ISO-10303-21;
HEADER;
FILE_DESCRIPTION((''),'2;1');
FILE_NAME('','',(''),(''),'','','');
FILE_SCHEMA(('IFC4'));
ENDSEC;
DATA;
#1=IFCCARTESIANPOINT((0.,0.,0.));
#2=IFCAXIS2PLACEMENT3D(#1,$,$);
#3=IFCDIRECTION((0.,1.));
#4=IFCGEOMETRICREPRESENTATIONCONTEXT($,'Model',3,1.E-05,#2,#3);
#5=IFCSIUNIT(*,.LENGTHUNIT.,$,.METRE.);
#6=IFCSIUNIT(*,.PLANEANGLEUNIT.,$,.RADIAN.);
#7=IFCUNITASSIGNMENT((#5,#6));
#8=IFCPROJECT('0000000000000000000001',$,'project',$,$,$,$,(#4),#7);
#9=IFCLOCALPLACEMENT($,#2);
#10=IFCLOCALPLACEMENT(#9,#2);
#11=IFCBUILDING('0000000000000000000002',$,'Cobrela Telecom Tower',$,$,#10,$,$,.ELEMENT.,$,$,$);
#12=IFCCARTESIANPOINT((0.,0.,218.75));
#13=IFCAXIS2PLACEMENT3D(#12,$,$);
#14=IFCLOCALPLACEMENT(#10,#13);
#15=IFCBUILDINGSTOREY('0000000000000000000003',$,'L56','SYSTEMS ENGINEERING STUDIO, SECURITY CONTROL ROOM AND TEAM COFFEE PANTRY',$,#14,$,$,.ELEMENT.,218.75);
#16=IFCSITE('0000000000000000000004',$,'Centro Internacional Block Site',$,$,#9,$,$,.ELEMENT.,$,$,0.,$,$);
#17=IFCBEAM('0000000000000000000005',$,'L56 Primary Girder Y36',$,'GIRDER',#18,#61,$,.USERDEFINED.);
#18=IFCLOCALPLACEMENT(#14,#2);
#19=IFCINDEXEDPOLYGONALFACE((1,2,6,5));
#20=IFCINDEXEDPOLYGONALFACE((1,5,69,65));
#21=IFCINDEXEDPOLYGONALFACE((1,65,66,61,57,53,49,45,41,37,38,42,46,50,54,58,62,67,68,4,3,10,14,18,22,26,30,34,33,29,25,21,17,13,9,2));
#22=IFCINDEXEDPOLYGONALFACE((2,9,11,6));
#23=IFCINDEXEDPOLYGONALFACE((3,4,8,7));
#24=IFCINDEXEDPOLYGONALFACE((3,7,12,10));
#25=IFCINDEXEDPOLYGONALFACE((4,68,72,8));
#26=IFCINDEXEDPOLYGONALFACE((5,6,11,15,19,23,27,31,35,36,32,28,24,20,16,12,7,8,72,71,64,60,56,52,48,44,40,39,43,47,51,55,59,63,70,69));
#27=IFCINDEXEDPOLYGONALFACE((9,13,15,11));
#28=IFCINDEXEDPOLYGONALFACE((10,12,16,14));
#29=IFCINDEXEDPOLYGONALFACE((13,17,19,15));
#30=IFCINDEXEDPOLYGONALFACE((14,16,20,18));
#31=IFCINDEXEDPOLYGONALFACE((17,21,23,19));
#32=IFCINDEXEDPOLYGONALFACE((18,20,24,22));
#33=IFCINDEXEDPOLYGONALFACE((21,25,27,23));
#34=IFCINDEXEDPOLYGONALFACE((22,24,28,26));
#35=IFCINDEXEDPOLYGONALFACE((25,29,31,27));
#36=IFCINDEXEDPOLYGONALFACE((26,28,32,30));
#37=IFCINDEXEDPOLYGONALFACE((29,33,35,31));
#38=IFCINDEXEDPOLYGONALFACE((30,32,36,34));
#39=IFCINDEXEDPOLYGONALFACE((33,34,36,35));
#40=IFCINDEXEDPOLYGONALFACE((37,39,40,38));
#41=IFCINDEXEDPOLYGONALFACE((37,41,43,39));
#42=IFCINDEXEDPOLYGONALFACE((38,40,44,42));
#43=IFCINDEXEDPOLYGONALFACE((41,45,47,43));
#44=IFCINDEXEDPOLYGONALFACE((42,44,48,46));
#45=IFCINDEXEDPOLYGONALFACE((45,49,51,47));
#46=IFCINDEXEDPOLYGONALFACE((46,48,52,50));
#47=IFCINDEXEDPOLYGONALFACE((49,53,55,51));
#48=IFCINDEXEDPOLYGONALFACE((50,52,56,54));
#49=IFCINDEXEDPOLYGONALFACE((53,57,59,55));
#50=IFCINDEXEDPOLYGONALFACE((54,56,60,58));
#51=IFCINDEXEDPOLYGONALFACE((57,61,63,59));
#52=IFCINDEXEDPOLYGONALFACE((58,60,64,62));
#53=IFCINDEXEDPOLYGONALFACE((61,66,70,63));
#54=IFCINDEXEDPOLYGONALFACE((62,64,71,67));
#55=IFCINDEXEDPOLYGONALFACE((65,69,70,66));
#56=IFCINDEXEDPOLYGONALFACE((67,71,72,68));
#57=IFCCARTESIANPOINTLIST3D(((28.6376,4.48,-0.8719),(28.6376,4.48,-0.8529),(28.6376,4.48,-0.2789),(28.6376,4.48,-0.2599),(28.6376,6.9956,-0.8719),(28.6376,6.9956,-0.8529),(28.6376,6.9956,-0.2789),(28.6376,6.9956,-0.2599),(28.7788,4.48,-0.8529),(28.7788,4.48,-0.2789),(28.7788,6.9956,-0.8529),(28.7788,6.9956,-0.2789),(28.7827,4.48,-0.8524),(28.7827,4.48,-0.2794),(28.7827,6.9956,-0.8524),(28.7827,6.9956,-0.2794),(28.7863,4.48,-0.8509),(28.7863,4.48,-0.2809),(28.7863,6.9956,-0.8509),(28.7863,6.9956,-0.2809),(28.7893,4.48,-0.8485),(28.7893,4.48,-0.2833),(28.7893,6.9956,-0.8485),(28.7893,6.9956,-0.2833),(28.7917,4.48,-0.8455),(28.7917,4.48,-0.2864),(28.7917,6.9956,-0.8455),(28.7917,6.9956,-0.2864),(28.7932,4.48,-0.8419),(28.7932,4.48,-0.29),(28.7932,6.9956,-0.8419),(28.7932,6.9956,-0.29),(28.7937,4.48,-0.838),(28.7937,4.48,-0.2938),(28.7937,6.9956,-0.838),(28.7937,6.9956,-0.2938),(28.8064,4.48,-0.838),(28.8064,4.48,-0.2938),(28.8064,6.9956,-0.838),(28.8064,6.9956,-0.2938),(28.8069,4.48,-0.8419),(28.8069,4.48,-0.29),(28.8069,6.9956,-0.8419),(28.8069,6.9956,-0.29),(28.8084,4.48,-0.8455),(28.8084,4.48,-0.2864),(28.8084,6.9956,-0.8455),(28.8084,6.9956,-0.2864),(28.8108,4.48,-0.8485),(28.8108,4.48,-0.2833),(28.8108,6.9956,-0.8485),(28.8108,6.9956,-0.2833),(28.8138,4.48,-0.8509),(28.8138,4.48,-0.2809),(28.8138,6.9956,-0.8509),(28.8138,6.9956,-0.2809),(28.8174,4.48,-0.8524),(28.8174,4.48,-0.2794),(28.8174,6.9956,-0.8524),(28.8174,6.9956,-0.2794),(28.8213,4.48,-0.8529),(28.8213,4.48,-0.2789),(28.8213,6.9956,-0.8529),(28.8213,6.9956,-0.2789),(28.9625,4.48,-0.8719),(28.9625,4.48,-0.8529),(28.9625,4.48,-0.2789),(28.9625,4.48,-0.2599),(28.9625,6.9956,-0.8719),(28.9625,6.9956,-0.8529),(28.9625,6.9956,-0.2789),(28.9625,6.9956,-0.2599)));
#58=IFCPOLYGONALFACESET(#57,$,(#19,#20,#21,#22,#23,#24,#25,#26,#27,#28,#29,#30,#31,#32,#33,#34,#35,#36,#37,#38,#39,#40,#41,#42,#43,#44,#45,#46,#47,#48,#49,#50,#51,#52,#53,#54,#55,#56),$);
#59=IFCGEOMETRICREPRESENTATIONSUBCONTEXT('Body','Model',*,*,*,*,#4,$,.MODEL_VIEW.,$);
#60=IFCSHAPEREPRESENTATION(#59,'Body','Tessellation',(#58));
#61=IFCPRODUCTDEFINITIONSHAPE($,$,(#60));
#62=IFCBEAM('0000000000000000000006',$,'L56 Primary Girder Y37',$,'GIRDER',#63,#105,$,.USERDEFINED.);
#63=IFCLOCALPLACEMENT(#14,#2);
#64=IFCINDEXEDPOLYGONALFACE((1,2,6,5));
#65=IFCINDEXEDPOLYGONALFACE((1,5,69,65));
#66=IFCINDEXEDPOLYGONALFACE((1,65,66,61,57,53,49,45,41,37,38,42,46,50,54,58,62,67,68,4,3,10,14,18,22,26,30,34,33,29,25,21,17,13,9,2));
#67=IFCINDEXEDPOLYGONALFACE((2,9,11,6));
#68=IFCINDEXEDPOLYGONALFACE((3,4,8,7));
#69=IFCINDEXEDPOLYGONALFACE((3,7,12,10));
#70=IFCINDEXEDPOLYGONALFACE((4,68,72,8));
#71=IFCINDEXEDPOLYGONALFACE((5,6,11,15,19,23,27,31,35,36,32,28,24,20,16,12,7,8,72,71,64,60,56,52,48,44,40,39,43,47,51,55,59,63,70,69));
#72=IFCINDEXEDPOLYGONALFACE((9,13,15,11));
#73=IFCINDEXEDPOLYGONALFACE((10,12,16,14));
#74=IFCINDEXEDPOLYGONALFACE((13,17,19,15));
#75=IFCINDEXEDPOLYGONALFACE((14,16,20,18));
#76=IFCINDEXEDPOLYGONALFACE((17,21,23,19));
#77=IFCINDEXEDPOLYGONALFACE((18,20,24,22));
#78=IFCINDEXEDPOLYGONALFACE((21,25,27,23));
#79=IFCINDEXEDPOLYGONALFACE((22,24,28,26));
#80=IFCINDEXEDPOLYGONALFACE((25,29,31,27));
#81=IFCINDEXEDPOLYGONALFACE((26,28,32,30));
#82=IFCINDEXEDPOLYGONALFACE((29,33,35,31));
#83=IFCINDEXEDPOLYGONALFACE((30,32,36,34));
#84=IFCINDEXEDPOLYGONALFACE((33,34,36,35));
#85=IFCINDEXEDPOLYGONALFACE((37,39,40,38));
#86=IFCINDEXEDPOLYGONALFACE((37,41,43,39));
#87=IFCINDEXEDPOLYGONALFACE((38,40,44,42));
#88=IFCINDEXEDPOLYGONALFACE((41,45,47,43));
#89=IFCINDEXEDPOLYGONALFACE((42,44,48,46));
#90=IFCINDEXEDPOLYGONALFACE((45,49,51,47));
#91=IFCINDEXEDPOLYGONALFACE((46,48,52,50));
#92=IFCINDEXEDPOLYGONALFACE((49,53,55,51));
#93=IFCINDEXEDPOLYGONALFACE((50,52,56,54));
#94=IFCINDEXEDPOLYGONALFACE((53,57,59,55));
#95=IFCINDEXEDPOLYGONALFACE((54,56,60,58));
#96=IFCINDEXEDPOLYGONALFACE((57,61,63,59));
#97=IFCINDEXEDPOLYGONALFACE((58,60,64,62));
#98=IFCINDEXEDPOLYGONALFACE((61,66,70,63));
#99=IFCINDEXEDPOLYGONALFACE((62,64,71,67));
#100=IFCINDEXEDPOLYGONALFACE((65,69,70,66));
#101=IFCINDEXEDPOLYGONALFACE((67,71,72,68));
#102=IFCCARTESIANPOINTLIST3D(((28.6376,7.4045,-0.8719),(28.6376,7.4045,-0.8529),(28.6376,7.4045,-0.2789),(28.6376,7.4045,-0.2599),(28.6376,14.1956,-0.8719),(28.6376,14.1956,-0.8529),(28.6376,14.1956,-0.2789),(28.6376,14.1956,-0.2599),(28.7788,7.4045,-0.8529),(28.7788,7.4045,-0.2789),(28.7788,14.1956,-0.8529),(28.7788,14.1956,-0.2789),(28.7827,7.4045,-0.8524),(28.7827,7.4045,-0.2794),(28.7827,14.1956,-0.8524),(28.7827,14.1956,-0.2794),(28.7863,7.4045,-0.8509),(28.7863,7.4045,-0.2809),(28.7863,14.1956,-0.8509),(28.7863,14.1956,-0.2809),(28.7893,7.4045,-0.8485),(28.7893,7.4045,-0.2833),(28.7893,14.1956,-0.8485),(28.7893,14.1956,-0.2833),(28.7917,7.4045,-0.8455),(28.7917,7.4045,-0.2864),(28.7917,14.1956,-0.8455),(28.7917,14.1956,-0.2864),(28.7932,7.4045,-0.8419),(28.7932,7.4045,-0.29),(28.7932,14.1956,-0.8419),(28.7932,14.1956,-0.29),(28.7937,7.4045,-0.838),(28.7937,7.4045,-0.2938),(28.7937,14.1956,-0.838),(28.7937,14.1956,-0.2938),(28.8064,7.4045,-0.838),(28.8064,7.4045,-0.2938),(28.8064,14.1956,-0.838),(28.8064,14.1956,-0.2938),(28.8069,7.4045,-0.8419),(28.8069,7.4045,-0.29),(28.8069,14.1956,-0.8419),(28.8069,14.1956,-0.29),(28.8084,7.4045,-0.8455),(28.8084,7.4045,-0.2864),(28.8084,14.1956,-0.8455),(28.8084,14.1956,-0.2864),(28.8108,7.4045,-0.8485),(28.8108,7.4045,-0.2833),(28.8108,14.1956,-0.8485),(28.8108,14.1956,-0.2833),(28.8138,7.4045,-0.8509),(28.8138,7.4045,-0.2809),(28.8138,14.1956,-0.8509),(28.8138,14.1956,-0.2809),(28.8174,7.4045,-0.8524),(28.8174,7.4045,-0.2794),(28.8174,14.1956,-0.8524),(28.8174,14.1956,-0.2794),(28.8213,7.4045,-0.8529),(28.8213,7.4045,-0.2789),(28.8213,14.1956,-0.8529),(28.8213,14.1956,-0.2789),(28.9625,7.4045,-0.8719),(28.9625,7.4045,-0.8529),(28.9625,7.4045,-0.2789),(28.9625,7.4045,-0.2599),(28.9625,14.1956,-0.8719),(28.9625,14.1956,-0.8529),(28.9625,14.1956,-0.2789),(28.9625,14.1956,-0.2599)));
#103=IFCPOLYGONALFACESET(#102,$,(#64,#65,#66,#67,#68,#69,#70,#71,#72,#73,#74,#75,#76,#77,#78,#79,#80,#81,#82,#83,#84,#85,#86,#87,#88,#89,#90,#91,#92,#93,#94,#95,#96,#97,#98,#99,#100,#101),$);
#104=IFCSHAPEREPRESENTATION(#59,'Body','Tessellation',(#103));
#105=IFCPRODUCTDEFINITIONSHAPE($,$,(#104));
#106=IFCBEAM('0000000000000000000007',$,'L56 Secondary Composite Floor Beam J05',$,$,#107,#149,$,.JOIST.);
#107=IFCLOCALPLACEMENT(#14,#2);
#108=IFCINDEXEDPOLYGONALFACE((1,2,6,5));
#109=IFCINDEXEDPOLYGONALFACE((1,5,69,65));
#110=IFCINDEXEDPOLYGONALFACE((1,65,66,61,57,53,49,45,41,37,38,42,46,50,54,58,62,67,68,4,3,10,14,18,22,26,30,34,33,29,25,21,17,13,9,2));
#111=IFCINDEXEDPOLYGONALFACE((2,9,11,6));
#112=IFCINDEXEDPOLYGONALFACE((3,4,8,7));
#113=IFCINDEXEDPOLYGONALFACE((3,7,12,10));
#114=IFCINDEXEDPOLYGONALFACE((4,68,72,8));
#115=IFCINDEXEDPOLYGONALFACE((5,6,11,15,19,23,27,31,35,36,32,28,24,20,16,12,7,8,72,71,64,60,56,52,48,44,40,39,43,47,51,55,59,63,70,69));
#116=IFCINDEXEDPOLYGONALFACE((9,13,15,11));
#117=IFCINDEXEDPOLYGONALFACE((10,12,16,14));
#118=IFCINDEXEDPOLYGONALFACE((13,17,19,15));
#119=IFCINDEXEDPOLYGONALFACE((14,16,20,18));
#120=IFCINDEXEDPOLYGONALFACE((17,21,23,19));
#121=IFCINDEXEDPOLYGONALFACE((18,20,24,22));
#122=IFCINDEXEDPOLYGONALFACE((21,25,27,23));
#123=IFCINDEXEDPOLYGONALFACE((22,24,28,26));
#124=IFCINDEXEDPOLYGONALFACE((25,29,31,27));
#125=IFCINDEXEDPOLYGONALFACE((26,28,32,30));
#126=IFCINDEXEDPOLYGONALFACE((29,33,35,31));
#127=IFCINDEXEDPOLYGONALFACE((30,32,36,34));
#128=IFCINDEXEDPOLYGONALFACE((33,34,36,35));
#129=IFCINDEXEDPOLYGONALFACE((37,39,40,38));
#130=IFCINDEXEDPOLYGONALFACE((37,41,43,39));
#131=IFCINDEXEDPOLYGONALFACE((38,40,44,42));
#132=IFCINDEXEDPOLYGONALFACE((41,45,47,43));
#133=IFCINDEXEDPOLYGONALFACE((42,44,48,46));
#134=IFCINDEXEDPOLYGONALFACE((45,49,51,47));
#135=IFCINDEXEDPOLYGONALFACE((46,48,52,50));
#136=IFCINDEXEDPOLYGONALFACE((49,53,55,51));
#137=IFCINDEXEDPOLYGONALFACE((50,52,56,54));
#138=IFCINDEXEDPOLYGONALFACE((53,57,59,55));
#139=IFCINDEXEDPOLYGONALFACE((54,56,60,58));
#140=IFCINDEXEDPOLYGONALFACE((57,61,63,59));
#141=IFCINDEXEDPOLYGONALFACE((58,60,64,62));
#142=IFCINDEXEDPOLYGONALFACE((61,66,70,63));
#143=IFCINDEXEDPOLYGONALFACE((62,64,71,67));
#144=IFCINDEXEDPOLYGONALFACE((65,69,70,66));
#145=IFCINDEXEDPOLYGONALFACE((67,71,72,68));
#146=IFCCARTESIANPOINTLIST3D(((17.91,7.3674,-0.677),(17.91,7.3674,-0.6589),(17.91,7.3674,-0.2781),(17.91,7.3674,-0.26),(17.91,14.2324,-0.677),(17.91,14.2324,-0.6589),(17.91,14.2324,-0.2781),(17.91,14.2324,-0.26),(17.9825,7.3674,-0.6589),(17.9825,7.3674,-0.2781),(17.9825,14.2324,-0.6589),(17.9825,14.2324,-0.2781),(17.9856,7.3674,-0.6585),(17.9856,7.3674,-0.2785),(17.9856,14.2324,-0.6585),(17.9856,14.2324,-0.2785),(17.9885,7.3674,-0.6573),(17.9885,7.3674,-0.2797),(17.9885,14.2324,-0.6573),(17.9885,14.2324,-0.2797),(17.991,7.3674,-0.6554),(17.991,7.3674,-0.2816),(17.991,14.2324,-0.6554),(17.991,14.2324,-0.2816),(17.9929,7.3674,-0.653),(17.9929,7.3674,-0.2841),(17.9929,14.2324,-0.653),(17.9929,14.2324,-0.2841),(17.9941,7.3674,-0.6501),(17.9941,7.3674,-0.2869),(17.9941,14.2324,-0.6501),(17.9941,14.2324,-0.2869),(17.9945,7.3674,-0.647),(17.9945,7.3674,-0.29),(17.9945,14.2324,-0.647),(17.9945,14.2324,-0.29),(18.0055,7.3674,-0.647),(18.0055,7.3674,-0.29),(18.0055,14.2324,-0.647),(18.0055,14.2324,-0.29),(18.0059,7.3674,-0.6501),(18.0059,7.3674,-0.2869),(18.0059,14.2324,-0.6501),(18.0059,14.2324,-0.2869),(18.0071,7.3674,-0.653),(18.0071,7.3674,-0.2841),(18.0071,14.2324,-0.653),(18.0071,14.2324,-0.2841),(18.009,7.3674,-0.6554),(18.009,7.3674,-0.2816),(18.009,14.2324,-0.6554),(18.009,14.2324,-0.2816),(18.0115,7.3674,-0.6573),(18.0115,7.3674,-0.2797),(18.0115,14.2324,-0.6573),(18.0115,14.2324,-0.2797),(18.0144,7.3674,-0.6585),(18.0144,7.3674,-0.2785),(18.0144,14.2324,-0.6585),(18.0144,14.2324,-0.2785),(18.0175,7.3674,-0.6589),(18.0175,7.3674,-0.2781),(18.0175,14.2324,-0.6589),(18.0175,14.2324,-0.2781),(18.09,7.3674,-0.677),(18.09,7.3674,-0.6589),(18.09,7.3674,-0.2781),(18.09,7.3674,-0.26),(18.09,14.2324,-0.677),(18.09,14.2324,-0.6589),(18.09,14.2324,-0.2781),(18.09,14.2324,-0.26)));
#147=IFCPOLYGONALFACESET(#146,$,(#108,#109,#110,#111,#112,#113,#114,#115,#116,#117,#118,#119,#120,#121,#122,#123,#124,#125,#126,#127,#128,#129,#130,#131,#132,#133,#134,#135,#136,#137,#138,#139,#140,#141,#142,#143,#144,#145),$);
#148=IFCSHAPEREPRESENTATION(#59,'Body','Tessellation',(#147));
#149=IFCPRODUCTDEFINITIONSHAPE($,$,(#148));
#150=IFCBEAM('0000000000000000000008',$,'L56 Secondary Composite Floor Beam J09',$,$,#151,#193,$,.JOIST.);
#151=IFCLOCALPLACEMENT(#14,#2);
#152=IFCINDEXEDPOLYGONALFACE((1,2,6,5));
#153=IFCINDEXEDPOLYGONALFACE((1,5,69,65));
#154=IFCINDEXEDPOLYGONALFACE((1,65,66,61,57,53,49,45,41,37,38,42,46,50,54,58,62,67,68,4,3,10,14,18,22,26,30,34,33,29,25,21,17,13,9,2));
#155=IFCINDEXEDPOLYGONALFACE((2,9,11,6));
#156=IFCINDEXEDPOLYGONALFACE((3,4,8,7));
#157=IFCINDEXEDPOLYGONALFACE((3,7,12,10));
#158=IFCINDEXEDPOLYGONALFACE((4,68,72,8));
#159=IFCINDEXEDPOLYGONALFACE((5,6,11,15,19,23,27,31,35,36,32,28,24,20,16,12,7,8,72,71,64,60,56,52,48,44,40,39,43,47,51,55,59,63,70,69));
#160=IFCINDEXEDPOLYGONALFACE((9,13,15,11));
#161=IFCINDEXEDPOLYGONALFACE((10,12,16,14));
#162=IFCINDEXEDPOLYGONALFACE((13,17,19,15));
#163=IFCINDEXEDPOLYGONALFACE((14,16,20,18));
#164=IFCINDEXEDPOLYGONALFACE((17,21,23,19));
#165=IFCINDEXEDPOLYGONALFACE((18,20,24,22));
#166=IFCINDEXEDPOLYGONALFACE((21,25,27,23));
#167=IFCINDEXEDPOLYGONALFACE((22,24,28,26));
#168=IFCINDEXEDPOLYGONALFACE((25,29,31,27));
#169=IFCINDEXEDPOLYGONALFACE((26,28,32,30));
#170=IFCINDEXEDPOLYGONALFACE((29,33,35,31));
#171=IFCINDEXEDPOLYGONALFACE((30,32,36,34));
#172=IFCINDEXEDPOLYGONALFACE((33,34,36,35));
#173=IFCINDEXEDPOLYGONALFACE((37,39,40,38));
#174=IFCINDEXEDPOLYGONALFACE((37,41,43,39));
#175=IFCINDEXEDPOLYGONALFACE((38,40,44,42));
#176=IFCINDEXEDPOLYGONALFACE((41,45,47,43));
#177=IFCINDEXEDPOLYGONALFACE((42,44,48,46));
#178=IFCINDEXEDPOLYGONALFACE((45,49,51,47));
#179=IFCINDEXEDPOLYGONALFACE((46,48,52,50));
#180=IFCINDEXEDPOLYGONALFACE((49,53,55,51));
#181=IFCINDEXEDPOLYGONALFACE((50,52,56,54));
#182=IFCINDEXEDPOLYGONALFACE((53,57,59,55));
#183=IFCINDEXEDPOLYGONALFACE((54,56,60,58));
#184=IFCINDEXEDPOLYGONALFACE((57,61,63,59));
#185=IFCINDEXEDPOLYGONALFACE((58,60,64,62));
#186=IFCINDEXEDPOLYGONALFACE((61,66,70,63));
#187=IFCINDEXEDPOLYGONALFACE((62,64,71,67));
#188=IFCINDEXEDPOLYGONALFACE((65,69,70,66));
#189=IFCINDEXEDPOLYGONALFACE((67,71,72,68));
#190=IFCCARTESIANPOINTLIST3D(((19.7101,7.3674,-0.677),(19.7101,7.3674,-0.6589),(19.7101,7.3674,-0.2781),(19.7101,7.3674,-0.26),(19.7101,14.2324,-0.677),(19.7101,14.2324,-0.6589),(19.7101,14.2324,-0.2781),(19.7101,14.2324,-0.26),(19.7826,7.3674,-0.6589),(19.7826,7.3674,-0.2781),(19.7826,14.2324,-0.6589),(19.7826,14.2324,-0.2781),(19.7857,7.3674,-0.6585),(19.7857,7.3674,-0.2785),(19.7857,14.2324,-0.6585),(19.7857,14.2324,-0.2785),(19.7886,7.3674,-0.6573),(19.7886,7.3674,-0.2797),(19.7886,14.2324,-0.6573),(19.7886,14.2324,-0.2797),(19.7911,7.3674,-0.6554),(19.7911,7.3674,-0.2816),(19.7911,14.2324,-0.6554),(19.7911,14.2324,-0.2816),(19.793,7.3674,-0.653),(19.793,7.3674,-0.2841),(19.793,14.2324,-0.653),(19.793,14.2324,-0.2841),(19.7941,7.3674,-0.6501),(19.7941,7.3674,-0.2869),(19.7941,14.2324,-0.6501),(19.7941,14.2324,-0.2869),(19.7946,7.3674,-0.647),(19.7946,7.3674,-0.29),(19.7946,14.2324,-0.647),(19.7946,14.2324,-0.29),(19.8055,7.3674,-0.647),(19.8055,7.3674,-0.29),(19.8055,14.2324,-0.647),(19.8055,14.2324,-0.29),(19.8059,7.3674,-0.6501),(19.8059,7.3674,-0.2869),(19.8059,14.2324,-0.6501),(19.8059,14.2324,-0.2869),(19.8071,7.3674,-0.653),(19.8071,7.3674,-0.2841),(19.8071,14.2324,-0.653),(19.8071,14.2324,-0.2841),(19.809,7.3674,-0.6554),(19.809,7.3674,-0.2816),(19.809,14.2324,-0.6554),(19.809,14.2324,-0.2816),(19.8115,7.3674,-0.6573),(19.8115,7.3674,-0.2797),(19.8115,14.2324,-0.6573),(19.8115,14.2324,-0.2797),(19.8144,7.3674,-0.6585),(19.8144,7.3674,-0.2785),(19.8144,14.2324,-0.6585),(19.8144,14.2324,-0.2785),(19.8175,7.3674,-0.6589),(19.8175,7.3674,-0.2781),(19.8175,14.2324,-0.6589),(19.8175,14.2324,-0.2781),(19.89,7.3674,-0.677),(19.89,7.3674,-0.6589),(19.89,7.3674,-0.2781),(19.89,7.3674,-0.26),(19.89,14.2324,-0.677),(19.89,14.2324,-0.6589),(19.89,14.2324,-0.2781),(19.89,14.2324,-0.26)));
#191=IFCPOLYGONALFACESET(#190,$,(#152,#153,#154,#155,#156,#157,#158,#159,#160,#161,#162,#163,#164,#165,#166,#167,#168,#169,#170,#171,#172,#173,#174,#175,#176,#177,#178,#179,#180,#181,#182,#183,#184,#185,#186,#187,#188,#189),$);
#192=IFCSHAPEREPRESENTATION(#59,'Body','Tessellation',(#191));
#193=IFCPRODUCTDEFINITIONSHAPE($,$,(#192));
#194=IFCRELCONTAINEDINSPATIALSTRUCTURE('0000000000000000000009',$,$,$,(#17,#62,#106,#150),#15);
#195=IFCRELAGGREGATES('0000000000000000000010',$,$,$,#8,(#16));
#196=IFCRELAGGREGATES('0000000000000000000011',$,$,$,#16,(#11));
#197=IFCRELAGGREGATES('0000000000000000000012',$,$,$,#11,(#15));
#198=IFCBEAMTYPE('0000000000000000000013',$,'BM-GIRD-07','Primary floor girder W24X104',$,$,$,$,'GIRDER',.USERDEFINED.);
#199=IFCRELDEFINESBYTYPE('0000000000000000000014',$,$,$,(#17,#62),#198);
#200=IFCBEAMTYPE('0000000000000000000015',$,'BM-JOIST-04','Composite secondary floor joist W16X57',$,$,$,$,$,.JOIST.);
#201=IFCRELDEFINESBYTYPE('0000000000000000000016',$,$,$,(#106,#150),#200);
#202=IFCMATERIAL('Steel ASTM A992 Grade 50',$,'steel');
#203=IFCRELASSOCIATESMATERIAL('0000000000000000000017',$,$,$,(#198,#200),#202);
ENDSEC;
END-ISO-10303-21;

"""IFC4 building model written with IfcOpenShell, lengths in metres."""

from ifc_helpers import new_model, si_unit, direction, frame, origin, origin_2d, place, context, subcontext, project, spatial, i_section, extrude, material, material_profile, profile_set, type_object, element, save


model = new_model("IFC4")

# Units and contexts
model_context = context("Model", 3, precision=1e-05, world=origin(), true_north=direction((0.0, 1.0)))
body_context = subcontext(model_context, "Body", "Model", "MODEL_VIEW")
ifc_project = project(units=[si_unit("LENGTHUNIT", "METRE"), si_unit("PLANEANGLEUNIT", "RADIAN")], contexts=[model_context])

# Site, building, storey
site_placement = place(None, origin())
site = spatial("IfcSite", under=ifc_project, at=site_placement, Name="Centro Internacional Block Site", CompositionType="ELEMENT", RefElevation=0.0)
building_placement = place(site_placement, origin())
building = spatial("IfcBuilding", under=site, at=building_placement, Name="Cobrela Telecom Tower", CompositionType="ELEMENT")
storey_placement = place(building_placement, frame((0.0, 0.0, 218.75)))
storey = spatial("IfcBuildingStorey", under=building, at=storey_placement, Name="L56", Description="SYSTEMS ENGINEERING STUDIO, SECURITY CONTROL ROOM AND TEAM COFFEE PANTRY", CompositionType="ELEMENT", Elevation=218.75)

# Shared definitions
ifc_material_1 = material(Name="Steel ASTM A992 Grade 50", Category="steel")

# Beams
ifc_material_profile_1 = material_profile(ifc_material_1, i_section(OverallWidth=0.325, OverallDepth=0.6121, WebThickness=0.0127, FlangeThickness=0.019, FilletRadius=0.0149, at=origin_2d()), Name="W24X104")
ifc_profile_set_1 = profile_set([ifc_material_profile_1], Name="Steel ASTM A992 Grade 50")
beam_type_1 = type_object("IfcBeamType", Name="BM-GIRD-07", Description="Primary floor girder W24X104", ElementType="GIRDER", PredefinedType="USERDEFINED", material=ifc_profile_set_1)
beam_1_placement = place(storey_placement, frame((28.8, 4.48, -0.5659), z_axis=(0.0, 1.0, 0.0), x_axis=(-1.0, 0.0, 0.0)))
element("IfcBeam", 1, at=beam_1_placement, inside=storey, type_object=beam_type_1, Name="L56 Primary Girder Y36", ObjectType="GIRDER", PredefinedType="USERDEFINED", context=body_context, shape_type="SweptSolid", body=[
    extrude(i_section(OverallWidth=0.325, OverallDepth=0.6121, WebThickness=0.0127, FlangeThickness=0.019, FilletRadius=0.0149, at=origin_2d()), origin(), (0.0, 0.0, 1.0), 2.5156),
])
beam_2_placement = place(storey_placement, frame((28.8, 7.4045, -0.5659), z_axis=(0.0, 1.0, 0.0), x_axis=(-1.0, 0.0, 0.0)))
element("IfcBeam", 2, at=beam_2_placement, inside=storey, type_object=beam_type_1, Name="L56 Primary Girder Y37", ObjectType="GIRDER", PredefinedType="USERDEFINED", context=body_context, shape_type="SweptSolid", body=[
    extrude(i_section(OverallWidth=0.325, OverallDepth=0.6121, WebThickness=0.0127, FlangeThickness=0.019, FilletRadius=0.0149, at=origin_2d()), origin(), (0.0, 0.0, 1.0), 6.791),
])
ifc_material_profile_2 = material_profile(ifc_material_1, i_section(OverallWidth=0.1799, OverallDepth=0.417, WebThickness=0.011, FlangeThickness=0.0181, FilletRadius=0.012, at=origin_2d()), Name="W16X57")
ifc_profile_set_2 = profile_set([ifc_material_profile_2], Name="Steel ASTM A992 Grade 50")
beam_type_2 = type_object("IfcBeamType", Name="BM-JOIST-04", Description="Composite secondary floor joist W16X57", PredefinedType="JOIST", material=ifc_profile_set_2)
for number, where, z_axis, x_axis, name in (
    (3, (18.0, 7.3674, -0.4685), (0.0, 1.0, 0.0), (-1.0, 0.0, 0.0), "L56 Secondary Composite Floor Beam J05"),
    (4, (19.8, 7.3674, -0.4685), (0.0, 1.0, 0.0), (-1.0, 0.0, 0.0), "L56 Secondary Composite Floor Beam J09"),
):
    element("IfcBeam", number, at=place(storey_placement, frame(where, z_axis=z_axis, x_axis=x_axis)), inside=storey, type_object=beam_type_2, Name=name, PredefinedType="JOIST", context=body_context, shape_type="SweptSolid", body=[
        extrude(i_section(OverallWidth=0.1799, OverallDepth=0.417, WebThickness=0.011, FlangeThickness=0.0181, FilletRadius=0.012, at=origin_2d()), origin(), (0.0, 0.0, 1.0), 6.865),
    ])

save(model, "model.ifc")
